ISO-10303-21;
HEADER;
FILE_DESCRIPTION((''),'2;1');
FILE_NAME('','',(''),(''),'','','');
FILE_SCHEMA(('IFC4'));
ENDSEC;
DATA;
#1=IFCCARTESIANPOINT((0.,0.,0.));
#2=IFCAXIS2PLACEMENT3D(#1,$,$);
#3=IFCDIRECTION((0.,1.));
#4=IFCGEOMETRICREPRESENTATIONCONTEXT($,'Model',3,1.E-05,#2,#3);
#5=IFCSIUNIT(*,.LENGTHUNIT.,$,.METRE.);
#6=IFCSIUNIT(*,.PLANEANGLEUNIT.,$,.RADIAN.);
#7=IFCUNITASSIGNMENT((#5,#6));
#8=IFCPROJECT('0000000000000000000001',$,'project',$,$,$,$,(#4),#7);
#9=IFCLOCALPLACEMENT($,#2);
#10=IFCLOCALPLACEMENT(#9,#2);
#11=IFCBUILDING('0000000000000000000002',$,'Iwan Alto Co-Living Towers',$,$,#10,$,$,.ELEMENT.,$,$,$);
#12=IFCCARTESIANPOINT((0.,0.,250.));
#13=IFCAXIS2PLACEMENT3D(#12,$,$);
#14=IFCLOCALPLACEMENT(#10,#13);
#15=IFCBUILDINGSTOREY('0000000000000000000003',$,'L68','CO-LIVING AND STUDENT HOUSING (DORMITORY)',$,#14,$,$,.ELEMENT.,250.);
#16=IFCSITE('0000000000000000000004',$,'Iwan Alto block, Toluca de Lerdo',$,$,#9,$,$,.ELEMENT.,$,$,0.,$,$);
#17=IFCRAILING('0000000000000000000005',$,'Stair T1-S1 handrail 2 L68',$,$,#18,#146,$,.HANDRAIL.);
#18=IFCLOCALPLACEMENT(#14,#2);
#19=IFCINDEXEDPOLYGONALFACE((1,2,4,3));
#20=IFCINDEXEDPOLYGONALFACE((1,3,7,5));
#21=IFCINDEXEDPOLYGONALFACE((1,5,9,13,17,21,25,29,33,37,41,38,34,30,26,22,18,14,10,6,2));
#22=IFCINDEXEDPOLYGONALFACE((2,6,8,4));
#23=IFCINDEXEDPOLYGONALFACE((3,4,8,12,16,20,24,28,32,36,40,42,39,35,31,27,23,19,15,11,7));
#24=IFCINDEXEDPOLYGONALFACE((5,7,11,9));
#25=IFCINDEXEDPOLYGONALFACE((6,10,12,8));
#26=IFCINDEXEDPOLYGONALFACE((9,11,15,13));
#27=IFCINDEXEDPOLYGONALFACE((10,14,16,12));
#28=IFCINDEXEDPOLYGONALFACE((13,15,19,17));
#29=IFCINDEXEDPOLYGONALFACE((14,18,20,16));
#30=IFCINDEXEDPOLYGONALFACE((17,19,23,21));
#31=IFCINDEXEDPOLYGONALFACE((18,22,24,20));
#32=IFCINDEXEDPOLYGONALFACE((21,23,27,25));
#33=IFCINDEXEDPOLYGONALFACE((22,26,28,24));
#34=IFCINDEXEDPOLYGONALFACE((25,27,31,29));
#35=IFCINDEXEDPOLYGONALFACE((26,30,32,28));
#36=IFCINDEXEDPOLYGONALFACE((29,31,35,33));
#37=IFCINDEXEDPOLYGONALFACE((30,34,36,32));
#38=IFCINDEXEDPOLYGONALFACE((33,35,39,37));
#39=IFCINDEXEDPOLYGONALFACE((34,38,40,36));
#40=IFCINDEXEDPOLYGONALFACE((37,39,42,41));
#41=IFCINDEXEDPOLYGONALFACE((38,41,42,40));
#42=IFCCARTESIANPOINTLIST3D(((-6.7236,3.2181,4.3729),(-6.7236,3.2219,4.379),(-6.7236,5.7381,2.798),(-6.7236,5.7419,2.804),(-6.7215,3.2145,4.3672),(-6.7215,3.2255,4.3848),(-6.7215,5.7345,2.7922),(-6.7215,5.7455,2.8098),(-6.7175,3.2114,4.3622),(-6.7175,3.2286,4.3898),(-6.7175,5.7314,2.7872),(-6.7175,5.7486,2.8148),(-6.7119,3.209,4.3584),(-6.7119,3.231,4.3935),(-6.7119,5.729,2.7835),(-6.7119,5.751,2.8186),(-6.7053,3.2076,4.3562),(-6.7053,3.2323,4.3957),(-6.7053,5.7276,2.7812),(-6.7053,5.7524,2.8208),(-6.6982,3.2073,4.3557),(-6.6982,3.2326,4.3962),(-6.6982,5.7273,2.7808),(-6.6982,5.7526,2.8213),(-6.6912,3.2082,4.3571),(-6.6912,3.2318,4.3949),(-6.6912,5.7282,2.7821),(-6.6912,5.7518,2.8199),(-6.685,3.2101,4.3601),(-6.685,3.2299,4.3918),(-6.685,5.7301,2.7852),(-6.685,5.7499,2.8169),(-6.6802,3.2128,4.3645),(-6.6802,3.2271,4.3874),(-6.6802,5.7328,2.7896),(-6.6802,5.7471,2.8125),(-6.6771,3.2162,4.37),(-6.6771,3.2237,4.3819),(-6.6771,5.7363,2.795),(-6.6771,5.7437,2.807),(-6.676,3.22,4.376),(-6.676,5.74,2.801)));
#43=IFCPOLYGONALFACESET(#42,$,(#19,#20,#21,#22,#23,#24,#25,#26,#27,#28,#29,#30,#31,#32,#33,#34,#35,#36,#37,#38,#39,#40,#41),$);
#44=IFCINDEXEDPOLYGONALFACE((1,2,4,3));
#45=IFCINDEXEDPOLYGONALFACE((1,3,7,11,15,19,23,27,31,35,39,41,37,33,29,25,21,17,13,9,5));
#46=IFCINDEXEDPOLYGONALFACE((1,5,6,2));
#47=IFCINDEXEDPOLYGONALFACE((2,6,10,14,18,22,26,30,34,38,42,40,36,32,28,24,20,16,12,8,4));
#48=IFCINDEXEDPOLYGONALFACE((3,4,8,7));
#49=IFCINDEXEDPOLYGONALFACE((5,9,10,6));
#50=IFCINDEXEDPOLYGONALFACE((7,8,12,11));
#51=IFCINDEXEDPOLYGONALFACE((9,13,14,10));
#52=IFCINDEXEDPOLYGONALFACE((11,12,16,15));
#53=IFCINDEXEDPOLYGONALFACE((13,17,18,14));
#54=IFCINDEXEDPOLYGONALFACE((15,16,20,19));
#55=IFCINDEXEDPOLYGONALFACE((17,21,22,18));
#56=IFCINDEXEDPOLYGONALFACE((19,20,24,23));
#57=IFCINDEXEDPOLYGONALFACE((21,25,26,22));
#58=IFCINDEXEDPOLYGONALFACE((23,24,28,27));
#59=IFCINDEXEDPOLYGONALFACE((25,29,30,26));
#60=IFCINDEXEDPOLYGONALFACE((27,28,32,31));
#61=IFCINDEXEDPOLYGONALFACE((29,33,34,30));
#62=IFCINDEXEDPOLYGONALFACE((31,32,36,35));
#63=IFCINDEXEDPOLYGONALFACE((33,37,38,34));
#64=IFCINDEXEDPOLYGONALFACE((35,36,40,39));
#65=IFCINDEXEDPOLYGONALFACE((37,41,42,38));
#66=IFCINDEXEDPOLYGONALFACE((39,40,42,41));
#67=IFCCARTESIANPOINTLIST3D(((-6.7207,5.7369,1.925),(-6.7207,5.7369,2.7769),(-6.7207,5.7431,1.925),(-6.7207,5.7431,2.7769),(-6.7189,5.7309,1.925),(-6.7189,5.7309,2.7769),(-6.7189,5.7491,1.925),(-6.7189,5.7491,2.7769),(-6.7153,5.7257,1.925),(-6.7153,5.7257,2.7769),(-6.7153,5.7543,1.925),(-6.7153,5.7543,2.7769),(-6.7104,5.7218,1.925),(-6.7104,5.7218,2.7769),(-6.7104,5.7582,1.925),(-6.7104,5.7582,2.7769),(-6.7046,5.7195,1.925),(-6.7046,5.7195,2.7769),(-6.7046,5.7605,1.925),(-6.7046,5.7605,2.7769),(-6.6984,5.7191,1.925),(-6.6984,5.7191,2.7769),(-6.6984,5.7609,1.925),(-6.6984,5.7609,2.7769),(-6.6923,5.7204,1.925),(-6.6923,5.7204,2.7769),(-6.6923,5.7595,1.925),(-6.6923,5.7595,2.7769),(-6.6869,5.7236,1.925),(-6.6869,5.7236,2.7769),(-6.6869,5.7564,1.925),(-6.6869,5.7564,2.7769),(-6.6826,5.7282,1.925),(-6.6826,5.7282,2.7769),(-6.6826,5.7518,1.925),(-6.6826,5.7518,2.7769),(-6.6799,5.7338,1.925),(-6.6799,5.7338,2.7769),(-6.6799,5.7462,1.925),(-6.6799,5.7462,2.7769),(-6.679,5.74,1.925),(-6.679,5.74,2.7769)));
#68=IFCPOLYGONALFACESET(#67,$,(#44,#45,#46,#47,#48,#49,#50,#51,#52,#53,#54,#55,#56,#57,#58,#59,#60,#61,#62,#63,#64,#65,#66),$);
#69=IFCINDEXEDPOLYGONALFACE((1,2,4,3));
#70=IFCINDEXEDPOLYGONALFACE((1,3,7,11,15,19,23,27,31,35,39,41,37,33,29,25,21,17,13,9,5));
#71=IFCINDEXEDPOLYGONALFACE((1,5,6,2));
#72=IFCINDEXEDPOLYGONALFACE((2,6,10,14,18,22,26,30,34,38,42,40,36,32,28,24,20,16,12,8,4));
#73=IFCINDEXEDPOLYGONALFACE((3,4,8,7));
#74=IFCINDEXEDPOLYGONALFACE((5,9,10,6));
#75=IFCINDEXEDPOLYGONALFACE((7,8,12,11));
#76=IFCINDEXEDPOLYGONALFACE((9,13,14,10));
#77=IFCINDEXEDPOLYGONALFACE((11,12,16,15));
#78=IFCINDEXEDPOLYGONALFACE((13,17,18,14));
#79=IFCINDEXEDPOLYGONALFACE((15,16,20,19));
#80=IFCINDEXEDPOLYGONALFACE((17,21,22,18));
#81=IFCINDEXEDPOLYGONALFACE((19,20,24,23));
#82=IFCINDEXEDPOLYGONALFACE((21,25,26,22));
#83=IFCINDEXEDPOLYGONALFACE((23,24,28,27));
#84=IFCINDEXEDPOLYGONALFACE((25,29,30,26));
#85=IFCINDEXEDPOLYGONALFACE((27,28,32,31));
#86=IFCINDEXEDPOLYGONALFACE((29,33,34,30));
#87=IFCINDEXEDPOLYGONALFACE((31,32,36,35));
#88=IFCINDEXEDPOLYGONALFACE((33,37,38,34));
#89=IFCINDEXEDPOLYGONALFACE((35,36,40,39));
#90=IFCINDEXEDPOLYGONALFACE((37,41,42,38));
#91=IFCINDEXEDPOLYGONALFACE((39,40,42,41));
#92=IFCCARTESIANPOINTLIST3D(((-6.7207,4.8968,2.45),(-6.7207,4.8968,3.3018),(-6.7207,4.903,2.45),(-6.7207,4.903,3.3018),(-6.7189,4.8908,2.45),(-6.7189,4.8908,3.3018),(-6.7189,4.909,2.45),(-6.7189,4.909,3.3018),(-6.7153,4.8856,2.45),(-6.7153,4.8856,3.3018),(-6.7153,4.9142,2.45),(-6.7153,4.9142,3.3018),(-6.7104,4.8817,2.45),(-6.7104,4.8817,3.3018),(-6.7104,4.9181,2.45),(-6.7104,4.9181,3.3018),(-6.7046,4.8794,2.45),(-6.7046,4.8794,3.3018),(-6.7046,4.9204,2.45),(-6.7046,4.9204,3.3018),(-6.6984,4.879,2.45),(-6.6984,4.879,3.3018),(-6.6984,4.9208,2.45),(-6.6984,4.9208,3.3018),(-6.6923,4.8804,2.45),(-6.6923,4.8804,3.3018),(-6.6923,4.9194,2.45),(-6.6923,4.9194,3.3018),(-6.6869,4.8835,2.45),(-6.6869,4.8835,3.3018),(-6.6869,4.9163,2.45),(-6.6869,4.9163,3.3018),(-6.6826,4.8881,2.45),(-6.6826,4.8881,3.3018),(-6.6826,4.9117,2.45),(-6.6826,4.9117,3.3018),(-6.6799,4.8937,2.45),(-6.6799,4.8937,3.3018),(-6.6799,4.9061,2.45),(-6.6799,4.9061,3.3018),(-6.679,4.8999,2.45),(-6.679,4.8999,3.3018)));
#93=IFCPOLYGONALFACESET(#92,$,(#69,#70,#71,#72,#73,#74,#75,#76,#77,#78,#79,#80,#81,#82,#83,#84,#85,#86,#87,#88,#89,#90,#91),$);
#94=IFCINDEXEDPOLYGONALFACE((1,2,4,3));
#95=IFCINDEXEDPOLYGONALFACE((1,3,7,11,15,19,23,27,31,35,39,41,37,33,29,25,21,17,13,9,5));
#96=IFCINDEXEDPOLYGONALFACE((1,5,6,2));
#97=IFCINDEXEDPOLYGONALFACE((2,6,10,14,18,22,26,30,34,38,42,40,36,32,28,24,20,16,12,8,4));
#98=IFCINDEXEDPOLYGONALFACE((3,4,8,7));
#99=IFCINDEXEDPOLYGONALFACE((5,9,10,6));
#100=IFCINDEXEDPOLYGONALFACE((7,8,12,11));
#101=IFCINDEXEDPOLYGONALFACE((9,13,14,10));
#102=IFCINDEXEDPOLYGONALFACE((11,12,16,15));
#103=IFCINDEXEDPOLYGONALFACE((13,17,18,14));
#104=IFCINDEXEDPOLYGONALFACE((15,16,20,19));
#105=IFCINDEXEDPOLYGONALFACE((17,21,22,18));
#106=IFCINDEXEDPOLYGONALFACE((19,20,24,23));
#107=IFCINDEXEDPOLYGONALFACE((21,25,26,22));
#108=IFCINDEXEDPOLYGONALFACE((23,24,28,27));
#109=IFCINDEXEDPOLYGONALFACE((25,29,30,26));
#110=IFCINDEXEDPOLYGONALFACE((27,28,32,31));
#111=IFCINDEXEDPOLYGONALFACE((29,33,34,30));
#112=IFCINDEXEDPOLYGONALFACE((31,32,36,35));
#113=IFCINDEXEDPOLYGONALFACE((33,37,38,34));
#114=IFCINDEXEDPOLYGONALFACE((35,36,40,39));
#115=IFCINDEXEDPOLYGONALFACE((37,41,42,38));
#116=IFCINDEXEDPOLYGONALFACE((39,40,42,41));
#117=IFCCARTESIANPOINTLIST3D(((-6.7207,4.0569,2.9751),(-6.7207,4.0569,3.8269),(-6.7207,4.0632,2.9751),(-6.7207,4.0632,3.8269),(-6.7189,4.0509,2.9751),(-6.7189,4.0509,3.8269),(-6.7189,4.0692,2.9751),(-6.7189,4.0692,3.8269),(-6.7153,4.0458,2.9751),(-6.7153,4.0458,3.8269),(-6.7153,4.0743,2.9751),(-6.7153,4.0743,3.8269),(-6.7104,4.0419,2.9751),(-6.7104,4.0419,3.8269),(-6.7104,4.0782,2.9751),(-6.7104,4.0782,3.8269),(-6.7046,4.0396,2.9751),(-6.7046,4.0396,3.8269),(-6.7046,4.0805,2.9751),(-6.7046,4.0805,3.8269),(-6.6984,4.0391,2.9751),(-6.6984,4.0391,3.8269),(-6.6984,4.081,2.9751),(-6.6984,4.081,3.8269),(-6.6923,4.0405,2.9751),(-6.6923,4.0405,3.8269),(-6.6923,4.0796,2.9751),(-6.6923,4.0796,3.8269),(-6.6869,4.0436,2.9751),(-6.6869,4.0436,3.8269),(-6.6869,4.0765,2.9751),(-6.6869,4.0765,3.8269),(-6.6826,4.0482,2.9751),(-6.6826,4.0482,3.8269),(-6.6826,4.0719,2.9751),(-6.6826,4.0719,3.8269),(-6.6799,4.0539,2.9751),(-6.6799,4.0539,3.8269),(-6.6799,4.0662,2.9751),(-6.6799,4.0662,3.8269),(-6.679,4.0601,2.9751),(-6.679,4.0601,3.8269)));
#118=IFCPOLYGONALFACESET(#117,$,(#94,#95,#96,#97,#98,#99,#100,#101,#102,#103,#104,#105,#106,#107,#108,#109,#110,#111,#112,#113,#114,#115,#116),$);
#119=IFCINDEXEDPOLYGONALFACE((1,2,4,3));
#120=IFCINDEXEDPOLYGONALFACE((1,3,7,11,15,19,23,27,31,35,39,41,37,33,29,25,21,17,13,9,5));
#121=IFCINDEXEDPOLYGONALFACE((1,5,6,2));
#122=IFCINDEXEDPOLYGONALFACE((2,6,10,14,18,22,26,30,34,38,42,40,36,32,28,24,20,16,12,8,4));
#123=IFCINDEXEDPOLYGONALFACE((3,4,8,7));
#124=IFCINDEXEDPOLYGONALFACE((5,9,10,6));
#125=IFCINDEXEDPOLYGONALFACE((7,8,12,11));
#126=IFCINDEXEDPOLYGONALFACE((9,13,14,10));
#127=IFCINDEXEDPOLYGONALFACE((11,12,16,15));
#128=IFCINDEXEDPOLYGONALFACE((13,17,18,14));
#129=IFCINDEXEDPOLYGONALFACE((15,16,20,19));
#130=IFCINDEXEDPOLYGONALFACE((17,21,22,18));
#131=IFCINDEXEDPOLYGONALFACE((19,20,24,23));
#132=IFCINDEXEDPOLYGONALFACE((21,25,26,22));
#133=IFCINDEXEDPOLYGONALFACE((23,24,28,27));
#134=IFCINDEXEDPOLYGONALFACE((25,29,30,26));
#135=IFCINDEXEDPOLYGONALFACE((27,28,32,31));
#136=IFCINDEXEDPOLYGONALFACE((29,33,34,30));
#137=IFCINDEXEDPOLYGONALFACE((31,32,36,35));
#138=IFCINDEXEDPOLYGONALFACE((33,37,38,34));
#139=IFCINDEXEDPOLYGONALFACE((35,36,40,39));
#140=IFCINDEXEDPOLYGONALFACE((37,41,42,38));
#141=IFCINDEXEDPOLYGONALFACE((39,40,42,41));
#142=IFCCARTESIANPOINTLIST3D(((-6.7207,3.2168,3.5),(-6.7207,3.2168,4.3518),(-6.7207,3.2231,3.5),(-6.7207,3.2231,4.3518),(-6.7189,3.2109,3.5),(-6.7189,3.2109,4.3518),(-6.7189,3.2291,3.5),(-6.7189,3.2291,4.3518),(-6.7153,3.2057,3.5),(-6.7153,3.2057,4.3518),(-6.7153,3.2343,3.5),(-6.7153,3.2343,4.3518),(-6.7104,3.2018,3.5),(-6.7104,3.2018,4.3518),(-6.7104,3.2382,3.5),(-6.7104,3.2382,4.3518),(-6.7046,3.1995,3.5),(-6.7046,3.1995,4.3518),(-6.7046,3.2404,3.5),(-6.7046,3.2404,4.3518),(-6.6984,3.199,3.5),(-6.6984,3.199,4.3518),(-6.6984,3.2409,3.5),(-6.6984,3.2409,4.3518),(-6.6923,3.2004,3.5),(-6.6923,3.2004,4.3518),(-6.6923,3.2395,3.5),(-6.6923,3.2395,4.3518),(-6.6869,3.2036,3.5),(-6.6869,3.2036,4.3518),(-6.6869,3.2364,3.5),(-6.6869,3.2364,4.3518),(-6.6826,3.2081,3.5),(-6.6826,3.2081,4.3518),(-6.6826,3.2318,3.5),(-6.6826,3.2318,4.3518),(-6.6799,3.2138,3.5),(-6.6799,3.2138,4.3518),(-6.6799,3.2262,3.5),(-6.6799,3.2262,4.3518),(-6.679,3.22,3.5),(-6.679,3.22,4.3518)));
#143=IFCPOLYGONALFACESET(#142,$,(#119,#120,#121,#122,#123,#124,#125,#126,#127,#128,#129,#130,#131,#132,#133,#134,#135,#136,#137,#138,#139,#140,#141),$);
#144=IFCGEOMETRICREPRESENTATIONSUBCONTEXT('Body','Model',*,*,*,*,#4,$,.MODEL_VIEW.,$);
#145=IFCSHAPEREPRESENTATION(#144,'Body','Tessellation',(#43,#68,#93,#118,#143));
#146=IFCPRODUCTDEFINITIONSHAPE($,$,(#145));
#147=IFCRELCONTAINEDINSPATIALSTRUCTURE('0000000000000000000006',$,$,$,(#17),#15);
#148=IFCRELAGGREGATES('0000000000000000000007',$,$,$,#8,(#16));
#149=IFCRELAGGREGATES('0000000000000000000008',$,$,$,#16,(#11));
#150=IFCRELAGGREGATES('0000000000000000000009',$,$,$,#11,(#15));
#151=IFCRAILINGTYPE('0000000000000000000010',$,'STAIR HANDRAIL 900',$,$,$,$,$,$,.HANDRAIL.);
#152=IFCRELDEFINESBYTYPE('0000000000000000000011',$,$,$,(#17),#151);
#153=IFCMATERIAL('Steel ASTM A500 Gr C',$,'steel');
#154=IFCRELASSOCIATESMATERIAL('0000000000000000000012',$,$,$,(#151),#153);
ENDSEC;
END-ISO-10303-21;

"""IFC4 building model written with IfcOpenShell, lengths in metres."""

from ifc_helpers import new_model, si_unit, direction, frame, origin, origin_2d, place, context, subcontext, project, spatial, circle, extrude, material, type_object, element, save


model = new_model("IFC4")

# Units and contexts
model_context = context("Model", 3, precision=1e-05, world=origin(), true_north=direction((0.0, 1.0)))
body_context = subcontext(model_context, "Body", "Model", "MODEL_VIEW")
ifc_project = project(units=[si_unit("LENGTHUNIT", "METRE"), si_unit("PLANEANGLEUNIT", "RADIAN")], contexts=[model_context])

# Site, building, storey
site_placement = place(None, origin())
site = spatial("IfcSite", under=ifc_project, at=site_placement, Name="Iwan Alto block, Toluca de Lerdo", CompositionType="ELEMENT", RefElevation=0.0)
building_placement = place(site_placement, origin())
building = spatial("IfcBuilding", under=site, at=building_placement, Name="Iwan Alto Co-Living Towers", CompositionType="ELEMENT")
storey_placement = place(building_placement, frame((0.0, 0.0, 250.0)))
storey = spatial("IfcBuildingStorey", under=building, at=storey_placement, Name="L68", Description="CO-LIVING AND STUDENT HOUSING (DORMITORY)", CompositionType="ELEMENT", Elevation=250.0)

# Railing
ifc_material_1 = material(Name="Steel ASTM A500 Gr C", Category="steel")
railing_type_1 = type_object("IfcRailingType", Name="STAIR HANDRAIL 900", PredefinedType="HANDRAIL", material=ifc_material_1)
railing_1_placement = place(storey_placement, frame((-6.7, 5.74, 1.925)))
element("IfcRailing", 1, at=railing_1_placement, inside=storey, type_object=railing_type_1, Name="Stair T1-S1 handrail 2 L68", PredefinedType="HANDRAIL", context=body_context, shape_type="SweptSolid", body=[
    extrude(circle(Radius=0.0239, at=origin_2d()), frame((0.0, 0.0, 0.876), z_axis=(0.0, -0.848008, 0.529984), x_axis=(1.0, 0.0, 0.0)), (0.0, 0.0, 1.0), 2.9717),
    extrude(circle(Radius=0.021, at=origin_2d()), origin(), (0.0, 0.0, 1.0), 0.8518),
    extrude(circle(Radius=0.021, at=origin_2d()), frame((0.0, -0.8401, 0.5249)), (0.0, 0.0, 1.0), 0.8518),
    extrude(circle(Radius=0.021, at=origin_2d()), frame((0.0, -1.6799, 1.05)), (0.0, 0.0, 1.0), 0.8518),
    extrude(circle(Radius=0.021, at=origin_2d()), frame((0.0, -2.52, 1.575)), (0.0, 0.0, 1.0), 0.8518),
])

save(model, "model.ifc")
